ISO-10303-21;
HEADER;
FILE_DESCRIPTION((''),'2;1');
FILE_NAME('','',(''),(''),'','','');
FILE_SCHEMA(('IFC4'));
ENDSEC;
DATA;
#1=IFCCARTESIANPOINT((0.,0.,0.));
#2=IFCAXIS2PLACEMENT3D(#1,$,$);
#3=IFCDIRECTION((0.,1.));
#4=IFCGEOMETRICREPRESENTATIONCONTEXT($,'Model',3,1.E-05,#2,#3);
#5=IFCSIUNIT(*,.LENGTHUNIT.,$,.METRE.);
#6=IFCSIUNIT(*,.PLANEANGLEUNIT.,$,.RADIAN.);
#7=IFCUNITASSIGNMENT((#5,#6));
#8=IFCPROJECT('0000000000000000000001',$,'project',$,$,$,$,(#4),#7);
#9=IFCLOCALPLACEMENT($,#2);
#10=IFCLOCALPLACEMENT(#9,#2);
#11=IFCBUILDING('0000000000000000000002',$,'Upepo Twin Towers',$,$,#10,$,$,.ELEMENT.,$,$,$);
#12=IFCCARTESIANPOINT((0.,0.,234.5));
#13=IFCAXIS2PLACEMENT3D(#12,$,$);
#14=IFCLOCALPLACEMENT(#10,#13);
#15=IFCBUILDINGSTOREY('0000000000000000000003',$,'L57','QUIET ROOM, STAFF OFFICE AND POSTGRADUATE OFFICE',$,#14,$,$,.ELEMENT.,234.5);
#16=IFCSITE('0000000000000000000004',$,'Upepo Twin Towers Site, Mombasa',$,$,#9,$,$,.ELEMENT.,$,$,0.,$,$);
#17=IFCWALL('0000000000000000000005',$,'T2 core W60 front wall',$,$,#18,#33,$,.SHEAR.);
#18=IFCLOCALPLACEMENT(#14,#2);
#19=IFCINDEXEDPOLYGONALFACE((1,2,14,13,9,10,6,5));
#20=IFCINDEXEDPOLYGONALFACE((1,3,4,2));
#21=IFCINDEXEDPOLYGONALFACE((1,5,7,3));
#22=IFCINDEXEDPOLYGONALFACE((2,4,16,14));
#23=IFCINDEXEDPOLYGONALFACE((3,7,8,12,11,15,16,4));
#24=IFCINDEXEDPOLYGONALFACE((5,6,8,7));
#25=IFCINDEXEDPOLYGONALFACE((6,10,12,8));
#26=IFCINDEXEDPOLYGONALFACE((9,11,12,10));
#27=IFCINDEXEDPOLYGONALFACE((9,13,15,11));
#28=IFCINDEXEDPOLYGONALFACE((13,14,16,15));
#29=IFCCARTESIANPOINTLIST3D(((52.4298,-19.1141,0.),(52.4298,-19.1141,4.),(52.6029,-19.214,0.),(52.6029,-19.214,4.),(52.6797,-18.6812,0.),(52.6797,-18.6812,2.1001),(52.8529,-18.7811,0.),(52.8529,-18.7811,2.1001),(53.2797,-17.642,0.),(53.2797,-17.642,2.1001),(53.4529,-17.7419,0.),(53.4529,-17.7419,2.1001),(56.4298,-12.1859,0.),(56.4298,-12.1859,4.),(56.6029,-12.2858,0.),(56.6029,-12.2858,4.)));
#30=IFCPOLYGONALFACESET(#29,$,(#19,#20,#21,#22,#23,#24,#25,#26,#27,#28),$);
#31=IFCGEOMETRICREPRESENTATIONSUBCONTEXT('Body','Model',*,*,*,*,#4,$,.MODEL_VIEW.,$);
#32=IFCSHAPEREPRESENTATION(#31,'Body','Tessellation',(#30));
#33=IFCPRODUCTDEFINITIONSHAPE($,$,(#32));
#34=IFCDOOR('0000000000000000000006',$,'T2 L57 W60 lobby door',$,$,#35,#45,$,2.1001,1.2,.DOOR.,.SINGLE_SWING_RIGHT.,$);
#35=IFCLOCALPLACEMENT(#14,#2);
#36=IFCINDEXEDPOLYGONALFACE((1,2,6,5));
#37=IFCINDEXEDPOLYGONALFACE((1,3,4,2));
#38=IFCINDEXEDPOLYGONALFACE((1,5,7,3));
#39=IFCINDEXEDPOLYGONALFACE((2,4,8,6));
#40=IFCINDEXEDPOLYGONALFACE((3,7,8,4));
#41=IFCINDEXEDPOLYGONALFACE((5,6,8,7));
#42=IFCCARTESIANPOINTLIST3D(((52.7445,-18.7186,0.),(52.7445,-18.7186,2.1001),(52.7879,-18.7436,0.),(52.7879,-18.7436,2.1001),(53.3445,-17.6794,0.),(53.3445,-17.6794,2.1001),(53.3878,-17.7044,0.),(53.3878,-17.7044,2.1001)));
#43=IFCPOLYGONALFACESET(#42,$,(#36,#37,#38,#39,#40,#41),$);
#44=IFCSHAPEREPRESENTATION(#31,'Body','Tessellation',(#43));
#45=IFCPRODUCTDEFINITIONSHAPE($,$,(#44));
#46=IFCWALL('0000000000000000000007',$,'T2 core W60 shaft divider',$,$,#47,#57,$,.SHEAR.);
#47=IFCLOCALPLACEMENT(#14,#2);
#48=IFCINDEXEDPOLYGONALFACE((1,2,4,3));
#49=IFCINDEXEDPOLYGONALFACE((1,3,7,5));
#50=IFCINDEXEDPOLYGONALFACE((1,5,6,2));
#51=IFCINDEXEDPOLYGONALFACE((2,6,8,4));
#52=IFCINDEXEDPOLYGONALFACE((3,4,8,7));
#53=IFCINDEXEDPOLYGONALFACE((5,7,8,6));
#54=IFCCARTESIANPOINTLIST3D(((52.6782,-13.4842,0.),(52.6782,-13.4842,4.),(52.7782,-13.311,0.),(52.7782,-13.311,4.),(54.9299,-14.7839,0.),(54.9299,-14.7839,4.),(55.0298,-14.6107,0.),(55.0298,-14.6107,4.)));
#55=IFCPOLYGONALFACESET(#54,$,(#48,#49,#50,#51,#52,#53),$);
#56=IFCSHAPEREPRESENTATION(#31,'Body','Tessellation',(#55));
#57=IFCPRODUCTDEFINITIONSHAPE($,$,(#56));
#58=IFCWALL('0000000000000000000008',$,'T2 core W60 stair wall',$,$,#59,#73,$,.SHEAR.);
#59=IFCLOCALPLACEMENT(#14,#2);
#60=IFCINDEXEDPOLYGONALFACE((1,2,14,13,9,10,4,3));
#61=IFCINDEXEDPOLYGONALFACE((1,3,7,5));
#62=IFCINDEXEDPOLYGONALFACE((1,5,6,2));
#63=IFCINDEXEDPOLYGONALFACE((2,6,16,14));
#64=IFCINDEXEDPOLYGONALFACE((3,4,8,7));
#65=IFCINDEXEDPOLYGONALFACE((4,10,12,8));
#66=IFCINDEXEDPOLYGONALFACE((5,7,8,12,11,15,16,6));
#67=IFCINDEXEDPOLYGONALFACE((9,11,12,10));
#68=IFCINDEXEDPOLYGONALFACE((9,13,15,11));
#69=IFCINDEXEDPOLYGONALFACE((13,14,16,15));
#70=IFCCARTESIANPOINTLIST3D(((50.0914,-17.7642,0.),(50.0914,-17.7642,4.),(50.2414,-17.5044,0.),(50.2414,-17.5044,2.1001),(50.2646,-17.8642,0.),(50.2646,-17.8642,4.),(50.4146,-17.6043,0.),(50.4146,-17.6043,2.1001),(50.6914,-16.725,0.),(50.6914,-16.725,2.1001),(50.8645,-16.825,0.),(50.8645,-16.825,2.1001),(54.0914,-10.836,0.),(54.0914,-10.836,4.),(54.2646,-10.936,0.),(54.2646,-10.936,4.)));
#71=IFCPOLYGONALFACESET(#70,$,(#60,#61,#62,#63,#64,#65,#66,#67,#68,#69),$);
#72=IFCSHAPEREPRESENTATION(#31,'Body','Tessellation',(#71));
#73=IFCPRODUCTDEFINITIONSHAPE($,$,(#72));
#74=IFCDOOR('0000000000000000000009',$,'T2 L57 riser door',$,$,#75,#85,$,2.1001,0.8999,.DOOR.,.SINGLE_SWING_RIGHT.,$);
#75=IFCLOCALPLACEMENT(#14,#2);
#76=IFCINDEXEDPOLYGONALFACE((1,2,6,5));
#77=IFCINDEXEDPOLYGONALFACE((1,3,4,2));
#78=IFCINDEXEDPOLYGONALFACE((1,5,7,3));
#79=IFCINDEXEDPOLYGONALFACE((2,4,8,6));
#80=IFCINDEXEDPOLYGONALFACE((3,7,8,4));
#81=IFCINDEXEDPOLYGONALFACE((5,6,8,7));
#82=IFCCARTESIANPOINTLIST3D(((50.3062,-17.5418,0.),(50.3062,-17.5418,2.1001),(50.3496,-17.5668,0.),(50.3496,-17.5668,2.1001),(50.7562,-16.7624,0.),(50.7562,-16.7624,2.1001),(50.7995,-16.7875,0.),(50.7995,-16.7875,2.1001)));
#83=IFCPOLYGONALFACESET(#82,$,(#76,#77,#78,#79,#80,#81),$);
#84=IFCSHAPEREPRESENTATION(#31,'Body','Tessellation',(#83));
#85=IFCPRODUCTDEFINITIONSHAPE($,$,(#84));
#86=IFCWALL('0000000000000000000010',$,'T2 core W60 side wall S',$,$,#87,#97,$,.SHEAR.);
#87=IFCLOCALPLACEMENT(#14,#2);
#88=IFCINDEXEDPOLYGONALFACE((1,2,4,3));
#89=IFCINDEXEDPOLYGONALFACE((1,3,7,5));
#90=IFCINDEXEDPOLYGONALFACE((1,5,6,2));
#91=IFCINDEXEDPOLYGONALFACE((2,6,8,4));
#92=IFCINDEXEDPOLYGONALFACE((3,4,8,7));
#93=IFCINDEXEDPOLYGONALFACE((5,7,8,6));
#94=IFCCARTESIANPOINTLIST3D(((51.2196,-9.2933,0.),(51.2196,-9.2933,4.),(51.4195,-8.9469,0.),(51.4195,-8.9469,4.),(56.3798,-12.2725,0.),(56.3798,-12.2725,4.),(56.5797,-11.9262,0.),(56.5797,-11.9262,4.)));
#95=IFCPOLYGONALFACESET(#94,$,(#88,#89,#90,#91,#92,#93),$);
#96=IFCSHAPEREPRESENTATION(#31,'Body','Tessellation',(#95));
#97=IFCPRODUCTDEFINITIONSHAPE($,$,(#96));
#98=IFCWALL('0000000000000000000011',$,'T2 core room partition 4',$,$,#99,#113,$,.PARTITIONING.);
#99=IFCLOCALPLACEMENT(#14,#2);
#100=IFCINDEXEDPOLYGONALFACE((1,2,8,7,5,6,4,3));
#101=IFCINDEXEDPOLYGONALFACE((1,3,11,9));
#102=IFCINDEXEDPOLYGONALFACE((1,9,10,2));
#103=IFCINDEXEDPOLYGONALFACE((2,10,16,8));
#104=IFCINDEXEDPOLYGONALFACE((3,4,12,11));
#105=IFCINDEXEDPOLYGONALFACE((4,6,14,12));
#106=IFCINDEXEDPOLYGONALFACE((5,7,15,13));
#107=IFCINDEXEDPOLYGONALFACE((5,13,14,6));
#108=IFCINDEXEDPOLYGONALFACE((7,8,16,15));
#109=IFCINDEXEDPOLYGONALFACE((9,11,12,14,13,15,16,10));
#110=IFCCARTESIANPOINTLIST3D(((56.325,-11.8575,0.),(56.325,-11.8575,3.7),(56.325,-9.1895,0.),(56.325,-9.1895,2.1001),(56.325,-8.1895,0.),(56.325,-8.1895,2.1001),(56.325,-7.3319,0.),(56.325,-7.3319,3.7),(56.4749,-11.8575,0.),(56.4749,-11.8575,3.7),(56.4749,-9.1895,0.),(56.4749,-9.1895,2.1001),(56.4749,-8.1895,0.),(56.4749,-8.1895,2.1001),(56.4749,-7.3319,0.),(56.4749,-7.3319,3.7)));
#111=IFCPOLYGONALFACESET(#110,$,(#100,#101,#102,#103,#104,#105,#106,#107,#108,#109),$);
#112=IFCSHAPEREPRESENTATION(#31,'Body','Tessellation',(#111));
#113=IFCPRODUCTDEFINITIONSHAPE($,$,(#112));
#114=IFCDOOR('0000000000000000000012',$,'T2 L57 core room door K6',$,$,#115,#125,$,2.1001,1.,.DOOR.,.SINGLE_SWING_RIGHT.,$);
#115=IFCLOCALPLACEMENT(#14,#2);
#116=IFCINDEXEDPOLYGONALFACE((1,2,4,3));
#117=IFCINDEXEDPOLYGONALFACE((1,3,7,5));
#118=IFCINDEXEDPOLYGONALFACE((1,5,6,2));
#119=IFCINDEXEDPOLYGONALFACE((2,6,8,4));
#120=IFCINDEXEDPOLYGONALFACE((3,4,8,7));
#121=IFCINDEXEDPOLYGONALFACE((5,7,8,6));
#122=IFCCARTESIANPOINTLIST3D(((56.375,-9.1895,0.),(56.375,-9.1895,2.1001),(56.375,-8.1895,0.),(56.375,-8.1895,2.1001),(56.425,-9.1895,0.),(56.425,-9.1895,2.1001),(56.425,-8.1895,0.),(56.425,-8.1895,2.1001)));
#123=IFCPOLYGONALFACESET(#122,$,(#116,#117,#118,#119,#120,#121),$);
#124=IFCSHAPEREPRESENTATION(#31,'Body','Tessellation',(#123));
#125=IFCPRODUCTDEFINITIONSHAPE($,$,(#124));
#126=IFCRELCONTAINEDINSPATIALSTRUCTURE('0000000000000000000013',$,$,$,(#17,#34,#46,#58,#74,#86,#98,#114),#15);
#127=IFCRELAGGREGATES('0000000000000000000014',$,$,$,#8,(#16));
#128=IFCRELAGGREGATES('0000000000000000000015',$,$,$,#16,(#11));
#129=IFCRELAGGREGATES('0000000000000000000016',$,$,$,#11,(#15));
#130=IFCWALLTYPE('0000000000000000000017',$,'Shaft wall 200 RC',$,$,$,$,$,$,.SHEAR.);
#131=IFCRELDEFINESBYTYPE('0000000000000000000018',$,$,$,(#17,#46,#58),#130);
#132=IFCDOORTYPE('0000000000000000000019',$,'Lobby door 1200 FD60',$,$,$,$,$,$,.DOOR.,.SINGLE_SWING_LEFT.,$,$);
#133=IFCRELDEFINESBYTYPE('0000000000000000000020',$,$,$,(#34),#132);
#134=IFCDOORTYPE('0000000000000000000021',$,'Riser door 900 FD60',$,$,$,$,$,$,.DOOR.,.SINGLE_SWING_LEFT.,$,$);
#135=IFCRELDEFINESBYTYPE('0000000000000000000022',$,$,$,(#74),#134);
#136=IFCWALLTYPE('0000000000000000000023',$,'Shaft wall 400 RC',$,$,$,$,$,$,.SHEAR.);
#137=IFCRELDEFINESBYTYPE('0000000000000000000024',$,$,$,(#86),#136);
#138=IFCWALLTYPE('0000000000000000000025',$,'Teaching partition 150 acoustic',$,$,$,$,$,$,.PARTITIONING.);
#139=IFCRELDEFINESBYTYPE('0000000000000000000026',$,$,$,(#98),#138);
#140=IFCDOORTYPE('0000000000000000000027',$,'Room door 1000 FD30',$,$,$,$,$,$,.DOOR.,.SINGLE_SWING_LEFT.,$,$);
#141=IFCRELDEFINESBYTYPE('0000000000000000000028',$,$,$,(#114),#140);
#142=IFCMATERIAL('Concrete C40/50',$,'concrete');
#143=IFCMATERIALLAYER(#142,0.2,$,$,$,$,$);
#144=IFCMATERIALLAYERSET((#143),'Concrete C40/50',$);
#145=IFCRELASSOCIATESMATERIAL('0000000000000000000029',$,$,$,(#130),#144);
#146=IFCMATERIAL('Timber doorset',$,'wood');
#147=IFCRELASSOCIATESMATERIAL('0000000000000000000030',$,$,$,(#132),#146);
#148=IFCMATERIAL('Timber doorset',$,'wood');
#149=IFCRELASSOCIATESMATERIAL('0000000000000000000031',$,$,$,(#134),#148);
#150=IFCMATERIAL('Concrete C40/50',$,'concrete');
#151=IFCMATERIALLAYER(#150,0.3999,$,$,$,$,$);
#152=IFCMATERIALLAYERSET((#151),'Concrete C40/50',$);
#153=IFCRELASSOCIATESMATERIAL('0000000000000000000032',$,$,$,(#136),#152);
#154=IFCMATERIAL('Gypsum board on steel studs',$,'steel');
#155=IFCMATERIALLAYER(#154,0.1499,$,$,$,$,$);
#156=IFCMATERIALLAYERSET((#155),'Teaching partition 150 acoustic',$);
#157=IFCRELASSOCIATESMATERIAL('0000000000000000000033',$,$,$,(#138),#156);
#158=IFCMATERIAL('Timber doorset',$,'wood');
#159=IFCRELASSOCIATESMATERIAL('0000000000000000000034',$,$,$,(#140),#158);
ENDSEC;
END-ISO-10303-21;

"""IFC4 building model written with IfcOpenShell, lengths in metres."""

from ifc_helpers import new_model, si_unit, direction, frame, frame_2d, origin, place, context, subcontext, project, spatial, rectangle, extrude, material, layer, layer_set, type_object, element, fill, save


model = new_model("IFC4")

# Units and contexts
model_context = context("Model", 3, precision=1e-05, world=origin(), true_north=direction((0.0, 1.0)))
body_context = subcontext(model_context, "Body", "Model", "MODEL_VIEW")
ifc_project = project(units=[si_unit("LENGTHUNIT", "METRE"), si_unit("PLANEANGLEUNIT", "RADIAN")], contexts=[model_context])

# Site, building, storey
site_placement = place(None, origin())
site = spatial("IfcSite", under=ifc_project, at=site_placement, Name="Upepo Twin Towers Site, Mombasa", CompositionType="ELEMENT", RefElevation=0.0)
building_placement = place(site_placement, origin())
building = spatial("IfcBuilding", under=site, at=building_placement, Name="Upepo Twin Towers", CompositionType="ELEMENT")
storey_placement = place(building_placement, frame((0.0, 0.0, 234.5)))
storey = spatial("IfcBuildingStorey", under=building, at=storey_placement, Name="L57", Description="QUIET ROOM, STAFF OFFICE AND POSTGRADUATE OFFICE", CompositionType="ELEMENT", Elevation=234.5)

# Wall, opening, door
ifc_material_1 = material(Name="Concrete C40/50", Category="concrete")
ifc_layer_1 = layer(ifc_material_1, 0.2)
ifc_layer_set_1 = layer_set([ifc_layer_1], Name="Concrete C40/50")
wall_type_1 = type_object("IfcWallType", Name="Shaft wall 200 RC", PredefinedType="SHEAR", material=ifc_layer_set_1)
wall_1_placement = place(storey_placement, frame((56.5164, -12.2358, 0.0), z_axis=(0.0, 0.0, 1.0), x_axis=(-0.499999, -0.866026, 0.0)))
wall_1 = element("IfcWall", 1, at=wall_1_placement, inside=storey, type_object=wall_type_1, Name="T2 core W60 front wall", PredefinedType="SHEAR", context=body_context, shape_type="SweptSolid", body=[
    extrude(rectangle(XDim=8.0, YDim=0.2, at=frame_2d((4.0, 0.0))), origin(), (0.0, 0.0, 1.0), 4.0),
])
opening_1_placement = place(wall_1_placement, frame((6.3, 0.0, 0.0)))
opening_1 = element("IfcOpeningElement", 2, at=opening_1_placement, cuts=wall_1, PredefinedType="OPENING", context=body_context, shape_type="SweptSolid", body=[
    extrude(rectangle(XDim=1.2, YDim=2.1001, at=frame_2d((0.6001, 1.05))), frame((0.0, 0.1099, 0.0), z_axis=(0.0, -1.0, 0.0), x_axis=(1.0, 0.0, 0.0)), (0.0, 0.0, 1.0), 0.22),
])
ifc_material_2 = material(Name="Timber doorset", Category="wood")
door_type_1 = type_object("IfcDoorType", Name="Lobby door 1200 FD60", OperationType="SINGLE_SWING_LEFT", PredefinedType="DOOR", material=ifc_material_2)
door_1_placement = place(opening_1_placement, origin())
door_1 = element("IfcDoor", 3, at=door_1_placement, inside=storey, type_object=door_type_1, Name="T2 L57 W60 lobby door", OperationType="SINGLE_SWING_RIGHT", OverallHeight=2.1001, OverallWidth=1.2, PredefinedType="DOOR", context=body_context, shape_type="SweptSolid", body=[
    extrude(rectangle(XDim=1.2, YDim=2.1001, at=frame_2d((0.6001, 1.05))), frame((0.0, 0.0249, 0.0), z_axis=(0.0, -1.0, 0.0), x_axis=(1.0, 0.0, 0.0)), (0.0, 0.0, 1.0), 0.05),
])
fill(opening_1, door_1)

# Wall
wall_2_placement = place(storey_placement, frame((54.9797, -14.6973, 0.0), z_axis=(0.0, 0.0, 1.0), x_axis=(-0.866062, 0.499937, 0.0)))
element("IfcWall", 4, at=wall_2_placement, inside=storey, type_object=wall_type_1, Name="T2 core W60 shaft divider", PredefinedType="SHEAR", context=body_context, shape_type="SweptSolid", body=[
    extrude(rectangle(XDim=2.5999, YDim=0.2, at=frame_2d((1.2998, 0.0))), origin(), (0.0, 0.0, 1.0), 4.0),
])

# Wall, opening, door
wall_3_placement = place(storey_placement, frame((54.178, -10.886, 0.0), z_axis=(0.0, 0.0, 1.0), x_axis=(-0.499999, -0.866026, 0.0)))
wall_3 = element("IfcWall", 5, at=wall_3_placement, inside=storey, type_object=wall_type_1, Name="T2 core W60 stair wall", PredefinedType="SHEAR", context=body_context, shape_type="SweptSolid", body=[
    extrude(rectangle(XDim=8.0, YDim=0.2, at=frame_2d((4.0, 0.0))), origin(), (0.0, 0.0, 1.0), 4.0),
])
opening_2_placement = place(wall_3_placement, frame((6.8, 0.0, 0.0)))
opening_2 = element("IfcOpeningElement", 6, at=opening_2_placement, cuts=wall_3, PredefinedType="OPENING", context=body_context, shape_type="SweptSolid", body=[
    extrude(rectangle(XDim=0.8999, YDim=2.1001, at=frame_2d((0.45, 1.05))), frame((0.0, 0.1099, 0.0), z_axis=(0.0, -1.0, 0.0), x_axis=(1.0, 0.0, 0.0)), (0.0, 0.0, 1.0), 0.22),
])
ifc_material_3 = material(Name="Timber doorset", Category="wood")
door_type_2 = type_object("IfcDoorType", Name="Riser door 900 FD60", OperationType="SINGLE_SWING_LEFT", PredefinedType="DOOR", material=ifc_material_3)
door_2_placement = place(opening_2_placement, origin())
door_2 = element("IfcDoor", 7, at=door_2_placement, inside=storey, type_object=door_type_2, Name="T2 L57 riser door", OperationType="SINGLE_SWING_RIGHT", OverallHeight=2.1001, OverallWidth=0.8999, PredefinedType="DOOR", context=body_context, shape_type="SweptSolid", body=[
    extrude(rectangle(XDim=0.8999, YDim=2.1001, at=frame_2d((0.45, 1.05))), frame((0.0, 0.0249, 0.0), z_axis=(0.0, -1.0, 0.0), x_axis=(1.0, 0.0, 0.0)), (0.0, 0.0, 1.0), 0.05),
])
fill(opening_2, door_2)

# Wall
ifc_material_4 = material(Name="Concrete C40/50", Category="concrete")
ifc_layer_2 = layer(ifc_material_4, 0.3999)
ifc_layer_set_2 = layer_set([ifc_layer_2], Name="Concrete C40/50")
wall_type_2 = type_object("IfcWallType", Name="Shaft wall 400 RC", PredefinedType="SHEAR", material=ifc_layer_set_2)
wall_4_placement = place(storey_placement, frame((56.4797, -12.0994, 0.0), z_axis=(0.0, 0.0, 1.0), x_axis=(-0.866023, 0.500004, 0.0)))
element("IfcWall", 8, at=wall_4_placement, inside=storey, type_object=wall_type_2, Name="T2 core W60 side wall S", PredefinedType="SHEAR", context=body_context, shape_type="SweptSolid", body=[
    extrude(rectangle(XDim=5.9585, YDim=0.3999, at=frame_2d((2.9792, 0.0))), origin(), (0.0, 0.0, 1.0), 4.0),
])

# Wall, opening, door
ifc_material_5 = material(Name="Gypsum board on steel studs", Category="steel")
ifc_layer_3 = layer(ifc_material_5, 0.1499)
ifc_layer_set_3 = layer_set([ifc_layer_3], Name="Teaching partition 150 acoustic")
wall_type_3 = type_object("IfcWallType", Name="Teaching partition 150 acoustic", PredefinedType="PARTITIONING", material=ifc_layer_set_3)
wall_5_placement = place(storey_placement, frame((56.3999, -11.8574, 0.0), z_axis=(0.0, 0.0, 1.0), x_axis=(0.0, 1.0, 0.0)))
wall_5 = element("IfcWall", 9, at=wall_5_placement, inside=storey, type_object=wall_type_3, Name="T2 core room partition 4", PredefinedType="PARTITIONING", context=body_context, shape_type="SweptSolid", body=[
    extrude(rectangle(XDim=4.5256, YDim=0.1499, at=frame_2d((2.2627, 0.0))), origin(), (0.0, 0.0, 1.0), 3.7),
])
opening_3_placement = place(wall_5_placement, frame((2.668, 0.0, 0.0)))
opening_3 = element("IfcOpeningElement", 10, at=opening_3_placement, cuts=wall_5, PredefinedType="OPENING", context=body_context, shape_type="SweptSolid", body=[
    extrude(rectangle(XDim=1.0, YDim=2.1001, at=frame_2d((0.5, 1.05))), frame((0.0, 0.085, 0.0), z_axis=(0.0, -1.0, 0.0), x_axis=(1.0, 0.0, 0.0)), (0.0, 0.0, 1.0), 0.1699),
])
ifc_material_6 = material(Name="Timber doorset", Category="wood")
door_type_3 = type_object("IfcDoorType", Name="Room door 1000 FD30", OperationType="SINGLE_SWING_LEFT", PredefinedType="DOOR", material=ifc_material_6)
door_3_placement = place(opening_3_placement, origin())
door_3 = element("IfcDoor", 11, at=door_3_placement, inside=storey, type_object=door_type_3, Name="T2 L57 core room door K6", OperationType="SINGLE_SWING_RIGHT", OverallHeight=2.1001, OverallWidth=1.0, PredefinedType="DOOR", context=body_context, shape_type="SweptSolid", body=[
    extrude(rectangle(XDim=1.0, YDim=2.1001, at=frame_2d((0.5, 1.05))), frame((0.0, 0.0249, 0.0), z_axis=(0.0, -1.0, 0.0), x_axis=(1.0, 0.0, 0.0)), (0.0, 0.0, 1.0), 0.05),
])
fill(opening_3, door_3)

save(model, "model.ifc")
